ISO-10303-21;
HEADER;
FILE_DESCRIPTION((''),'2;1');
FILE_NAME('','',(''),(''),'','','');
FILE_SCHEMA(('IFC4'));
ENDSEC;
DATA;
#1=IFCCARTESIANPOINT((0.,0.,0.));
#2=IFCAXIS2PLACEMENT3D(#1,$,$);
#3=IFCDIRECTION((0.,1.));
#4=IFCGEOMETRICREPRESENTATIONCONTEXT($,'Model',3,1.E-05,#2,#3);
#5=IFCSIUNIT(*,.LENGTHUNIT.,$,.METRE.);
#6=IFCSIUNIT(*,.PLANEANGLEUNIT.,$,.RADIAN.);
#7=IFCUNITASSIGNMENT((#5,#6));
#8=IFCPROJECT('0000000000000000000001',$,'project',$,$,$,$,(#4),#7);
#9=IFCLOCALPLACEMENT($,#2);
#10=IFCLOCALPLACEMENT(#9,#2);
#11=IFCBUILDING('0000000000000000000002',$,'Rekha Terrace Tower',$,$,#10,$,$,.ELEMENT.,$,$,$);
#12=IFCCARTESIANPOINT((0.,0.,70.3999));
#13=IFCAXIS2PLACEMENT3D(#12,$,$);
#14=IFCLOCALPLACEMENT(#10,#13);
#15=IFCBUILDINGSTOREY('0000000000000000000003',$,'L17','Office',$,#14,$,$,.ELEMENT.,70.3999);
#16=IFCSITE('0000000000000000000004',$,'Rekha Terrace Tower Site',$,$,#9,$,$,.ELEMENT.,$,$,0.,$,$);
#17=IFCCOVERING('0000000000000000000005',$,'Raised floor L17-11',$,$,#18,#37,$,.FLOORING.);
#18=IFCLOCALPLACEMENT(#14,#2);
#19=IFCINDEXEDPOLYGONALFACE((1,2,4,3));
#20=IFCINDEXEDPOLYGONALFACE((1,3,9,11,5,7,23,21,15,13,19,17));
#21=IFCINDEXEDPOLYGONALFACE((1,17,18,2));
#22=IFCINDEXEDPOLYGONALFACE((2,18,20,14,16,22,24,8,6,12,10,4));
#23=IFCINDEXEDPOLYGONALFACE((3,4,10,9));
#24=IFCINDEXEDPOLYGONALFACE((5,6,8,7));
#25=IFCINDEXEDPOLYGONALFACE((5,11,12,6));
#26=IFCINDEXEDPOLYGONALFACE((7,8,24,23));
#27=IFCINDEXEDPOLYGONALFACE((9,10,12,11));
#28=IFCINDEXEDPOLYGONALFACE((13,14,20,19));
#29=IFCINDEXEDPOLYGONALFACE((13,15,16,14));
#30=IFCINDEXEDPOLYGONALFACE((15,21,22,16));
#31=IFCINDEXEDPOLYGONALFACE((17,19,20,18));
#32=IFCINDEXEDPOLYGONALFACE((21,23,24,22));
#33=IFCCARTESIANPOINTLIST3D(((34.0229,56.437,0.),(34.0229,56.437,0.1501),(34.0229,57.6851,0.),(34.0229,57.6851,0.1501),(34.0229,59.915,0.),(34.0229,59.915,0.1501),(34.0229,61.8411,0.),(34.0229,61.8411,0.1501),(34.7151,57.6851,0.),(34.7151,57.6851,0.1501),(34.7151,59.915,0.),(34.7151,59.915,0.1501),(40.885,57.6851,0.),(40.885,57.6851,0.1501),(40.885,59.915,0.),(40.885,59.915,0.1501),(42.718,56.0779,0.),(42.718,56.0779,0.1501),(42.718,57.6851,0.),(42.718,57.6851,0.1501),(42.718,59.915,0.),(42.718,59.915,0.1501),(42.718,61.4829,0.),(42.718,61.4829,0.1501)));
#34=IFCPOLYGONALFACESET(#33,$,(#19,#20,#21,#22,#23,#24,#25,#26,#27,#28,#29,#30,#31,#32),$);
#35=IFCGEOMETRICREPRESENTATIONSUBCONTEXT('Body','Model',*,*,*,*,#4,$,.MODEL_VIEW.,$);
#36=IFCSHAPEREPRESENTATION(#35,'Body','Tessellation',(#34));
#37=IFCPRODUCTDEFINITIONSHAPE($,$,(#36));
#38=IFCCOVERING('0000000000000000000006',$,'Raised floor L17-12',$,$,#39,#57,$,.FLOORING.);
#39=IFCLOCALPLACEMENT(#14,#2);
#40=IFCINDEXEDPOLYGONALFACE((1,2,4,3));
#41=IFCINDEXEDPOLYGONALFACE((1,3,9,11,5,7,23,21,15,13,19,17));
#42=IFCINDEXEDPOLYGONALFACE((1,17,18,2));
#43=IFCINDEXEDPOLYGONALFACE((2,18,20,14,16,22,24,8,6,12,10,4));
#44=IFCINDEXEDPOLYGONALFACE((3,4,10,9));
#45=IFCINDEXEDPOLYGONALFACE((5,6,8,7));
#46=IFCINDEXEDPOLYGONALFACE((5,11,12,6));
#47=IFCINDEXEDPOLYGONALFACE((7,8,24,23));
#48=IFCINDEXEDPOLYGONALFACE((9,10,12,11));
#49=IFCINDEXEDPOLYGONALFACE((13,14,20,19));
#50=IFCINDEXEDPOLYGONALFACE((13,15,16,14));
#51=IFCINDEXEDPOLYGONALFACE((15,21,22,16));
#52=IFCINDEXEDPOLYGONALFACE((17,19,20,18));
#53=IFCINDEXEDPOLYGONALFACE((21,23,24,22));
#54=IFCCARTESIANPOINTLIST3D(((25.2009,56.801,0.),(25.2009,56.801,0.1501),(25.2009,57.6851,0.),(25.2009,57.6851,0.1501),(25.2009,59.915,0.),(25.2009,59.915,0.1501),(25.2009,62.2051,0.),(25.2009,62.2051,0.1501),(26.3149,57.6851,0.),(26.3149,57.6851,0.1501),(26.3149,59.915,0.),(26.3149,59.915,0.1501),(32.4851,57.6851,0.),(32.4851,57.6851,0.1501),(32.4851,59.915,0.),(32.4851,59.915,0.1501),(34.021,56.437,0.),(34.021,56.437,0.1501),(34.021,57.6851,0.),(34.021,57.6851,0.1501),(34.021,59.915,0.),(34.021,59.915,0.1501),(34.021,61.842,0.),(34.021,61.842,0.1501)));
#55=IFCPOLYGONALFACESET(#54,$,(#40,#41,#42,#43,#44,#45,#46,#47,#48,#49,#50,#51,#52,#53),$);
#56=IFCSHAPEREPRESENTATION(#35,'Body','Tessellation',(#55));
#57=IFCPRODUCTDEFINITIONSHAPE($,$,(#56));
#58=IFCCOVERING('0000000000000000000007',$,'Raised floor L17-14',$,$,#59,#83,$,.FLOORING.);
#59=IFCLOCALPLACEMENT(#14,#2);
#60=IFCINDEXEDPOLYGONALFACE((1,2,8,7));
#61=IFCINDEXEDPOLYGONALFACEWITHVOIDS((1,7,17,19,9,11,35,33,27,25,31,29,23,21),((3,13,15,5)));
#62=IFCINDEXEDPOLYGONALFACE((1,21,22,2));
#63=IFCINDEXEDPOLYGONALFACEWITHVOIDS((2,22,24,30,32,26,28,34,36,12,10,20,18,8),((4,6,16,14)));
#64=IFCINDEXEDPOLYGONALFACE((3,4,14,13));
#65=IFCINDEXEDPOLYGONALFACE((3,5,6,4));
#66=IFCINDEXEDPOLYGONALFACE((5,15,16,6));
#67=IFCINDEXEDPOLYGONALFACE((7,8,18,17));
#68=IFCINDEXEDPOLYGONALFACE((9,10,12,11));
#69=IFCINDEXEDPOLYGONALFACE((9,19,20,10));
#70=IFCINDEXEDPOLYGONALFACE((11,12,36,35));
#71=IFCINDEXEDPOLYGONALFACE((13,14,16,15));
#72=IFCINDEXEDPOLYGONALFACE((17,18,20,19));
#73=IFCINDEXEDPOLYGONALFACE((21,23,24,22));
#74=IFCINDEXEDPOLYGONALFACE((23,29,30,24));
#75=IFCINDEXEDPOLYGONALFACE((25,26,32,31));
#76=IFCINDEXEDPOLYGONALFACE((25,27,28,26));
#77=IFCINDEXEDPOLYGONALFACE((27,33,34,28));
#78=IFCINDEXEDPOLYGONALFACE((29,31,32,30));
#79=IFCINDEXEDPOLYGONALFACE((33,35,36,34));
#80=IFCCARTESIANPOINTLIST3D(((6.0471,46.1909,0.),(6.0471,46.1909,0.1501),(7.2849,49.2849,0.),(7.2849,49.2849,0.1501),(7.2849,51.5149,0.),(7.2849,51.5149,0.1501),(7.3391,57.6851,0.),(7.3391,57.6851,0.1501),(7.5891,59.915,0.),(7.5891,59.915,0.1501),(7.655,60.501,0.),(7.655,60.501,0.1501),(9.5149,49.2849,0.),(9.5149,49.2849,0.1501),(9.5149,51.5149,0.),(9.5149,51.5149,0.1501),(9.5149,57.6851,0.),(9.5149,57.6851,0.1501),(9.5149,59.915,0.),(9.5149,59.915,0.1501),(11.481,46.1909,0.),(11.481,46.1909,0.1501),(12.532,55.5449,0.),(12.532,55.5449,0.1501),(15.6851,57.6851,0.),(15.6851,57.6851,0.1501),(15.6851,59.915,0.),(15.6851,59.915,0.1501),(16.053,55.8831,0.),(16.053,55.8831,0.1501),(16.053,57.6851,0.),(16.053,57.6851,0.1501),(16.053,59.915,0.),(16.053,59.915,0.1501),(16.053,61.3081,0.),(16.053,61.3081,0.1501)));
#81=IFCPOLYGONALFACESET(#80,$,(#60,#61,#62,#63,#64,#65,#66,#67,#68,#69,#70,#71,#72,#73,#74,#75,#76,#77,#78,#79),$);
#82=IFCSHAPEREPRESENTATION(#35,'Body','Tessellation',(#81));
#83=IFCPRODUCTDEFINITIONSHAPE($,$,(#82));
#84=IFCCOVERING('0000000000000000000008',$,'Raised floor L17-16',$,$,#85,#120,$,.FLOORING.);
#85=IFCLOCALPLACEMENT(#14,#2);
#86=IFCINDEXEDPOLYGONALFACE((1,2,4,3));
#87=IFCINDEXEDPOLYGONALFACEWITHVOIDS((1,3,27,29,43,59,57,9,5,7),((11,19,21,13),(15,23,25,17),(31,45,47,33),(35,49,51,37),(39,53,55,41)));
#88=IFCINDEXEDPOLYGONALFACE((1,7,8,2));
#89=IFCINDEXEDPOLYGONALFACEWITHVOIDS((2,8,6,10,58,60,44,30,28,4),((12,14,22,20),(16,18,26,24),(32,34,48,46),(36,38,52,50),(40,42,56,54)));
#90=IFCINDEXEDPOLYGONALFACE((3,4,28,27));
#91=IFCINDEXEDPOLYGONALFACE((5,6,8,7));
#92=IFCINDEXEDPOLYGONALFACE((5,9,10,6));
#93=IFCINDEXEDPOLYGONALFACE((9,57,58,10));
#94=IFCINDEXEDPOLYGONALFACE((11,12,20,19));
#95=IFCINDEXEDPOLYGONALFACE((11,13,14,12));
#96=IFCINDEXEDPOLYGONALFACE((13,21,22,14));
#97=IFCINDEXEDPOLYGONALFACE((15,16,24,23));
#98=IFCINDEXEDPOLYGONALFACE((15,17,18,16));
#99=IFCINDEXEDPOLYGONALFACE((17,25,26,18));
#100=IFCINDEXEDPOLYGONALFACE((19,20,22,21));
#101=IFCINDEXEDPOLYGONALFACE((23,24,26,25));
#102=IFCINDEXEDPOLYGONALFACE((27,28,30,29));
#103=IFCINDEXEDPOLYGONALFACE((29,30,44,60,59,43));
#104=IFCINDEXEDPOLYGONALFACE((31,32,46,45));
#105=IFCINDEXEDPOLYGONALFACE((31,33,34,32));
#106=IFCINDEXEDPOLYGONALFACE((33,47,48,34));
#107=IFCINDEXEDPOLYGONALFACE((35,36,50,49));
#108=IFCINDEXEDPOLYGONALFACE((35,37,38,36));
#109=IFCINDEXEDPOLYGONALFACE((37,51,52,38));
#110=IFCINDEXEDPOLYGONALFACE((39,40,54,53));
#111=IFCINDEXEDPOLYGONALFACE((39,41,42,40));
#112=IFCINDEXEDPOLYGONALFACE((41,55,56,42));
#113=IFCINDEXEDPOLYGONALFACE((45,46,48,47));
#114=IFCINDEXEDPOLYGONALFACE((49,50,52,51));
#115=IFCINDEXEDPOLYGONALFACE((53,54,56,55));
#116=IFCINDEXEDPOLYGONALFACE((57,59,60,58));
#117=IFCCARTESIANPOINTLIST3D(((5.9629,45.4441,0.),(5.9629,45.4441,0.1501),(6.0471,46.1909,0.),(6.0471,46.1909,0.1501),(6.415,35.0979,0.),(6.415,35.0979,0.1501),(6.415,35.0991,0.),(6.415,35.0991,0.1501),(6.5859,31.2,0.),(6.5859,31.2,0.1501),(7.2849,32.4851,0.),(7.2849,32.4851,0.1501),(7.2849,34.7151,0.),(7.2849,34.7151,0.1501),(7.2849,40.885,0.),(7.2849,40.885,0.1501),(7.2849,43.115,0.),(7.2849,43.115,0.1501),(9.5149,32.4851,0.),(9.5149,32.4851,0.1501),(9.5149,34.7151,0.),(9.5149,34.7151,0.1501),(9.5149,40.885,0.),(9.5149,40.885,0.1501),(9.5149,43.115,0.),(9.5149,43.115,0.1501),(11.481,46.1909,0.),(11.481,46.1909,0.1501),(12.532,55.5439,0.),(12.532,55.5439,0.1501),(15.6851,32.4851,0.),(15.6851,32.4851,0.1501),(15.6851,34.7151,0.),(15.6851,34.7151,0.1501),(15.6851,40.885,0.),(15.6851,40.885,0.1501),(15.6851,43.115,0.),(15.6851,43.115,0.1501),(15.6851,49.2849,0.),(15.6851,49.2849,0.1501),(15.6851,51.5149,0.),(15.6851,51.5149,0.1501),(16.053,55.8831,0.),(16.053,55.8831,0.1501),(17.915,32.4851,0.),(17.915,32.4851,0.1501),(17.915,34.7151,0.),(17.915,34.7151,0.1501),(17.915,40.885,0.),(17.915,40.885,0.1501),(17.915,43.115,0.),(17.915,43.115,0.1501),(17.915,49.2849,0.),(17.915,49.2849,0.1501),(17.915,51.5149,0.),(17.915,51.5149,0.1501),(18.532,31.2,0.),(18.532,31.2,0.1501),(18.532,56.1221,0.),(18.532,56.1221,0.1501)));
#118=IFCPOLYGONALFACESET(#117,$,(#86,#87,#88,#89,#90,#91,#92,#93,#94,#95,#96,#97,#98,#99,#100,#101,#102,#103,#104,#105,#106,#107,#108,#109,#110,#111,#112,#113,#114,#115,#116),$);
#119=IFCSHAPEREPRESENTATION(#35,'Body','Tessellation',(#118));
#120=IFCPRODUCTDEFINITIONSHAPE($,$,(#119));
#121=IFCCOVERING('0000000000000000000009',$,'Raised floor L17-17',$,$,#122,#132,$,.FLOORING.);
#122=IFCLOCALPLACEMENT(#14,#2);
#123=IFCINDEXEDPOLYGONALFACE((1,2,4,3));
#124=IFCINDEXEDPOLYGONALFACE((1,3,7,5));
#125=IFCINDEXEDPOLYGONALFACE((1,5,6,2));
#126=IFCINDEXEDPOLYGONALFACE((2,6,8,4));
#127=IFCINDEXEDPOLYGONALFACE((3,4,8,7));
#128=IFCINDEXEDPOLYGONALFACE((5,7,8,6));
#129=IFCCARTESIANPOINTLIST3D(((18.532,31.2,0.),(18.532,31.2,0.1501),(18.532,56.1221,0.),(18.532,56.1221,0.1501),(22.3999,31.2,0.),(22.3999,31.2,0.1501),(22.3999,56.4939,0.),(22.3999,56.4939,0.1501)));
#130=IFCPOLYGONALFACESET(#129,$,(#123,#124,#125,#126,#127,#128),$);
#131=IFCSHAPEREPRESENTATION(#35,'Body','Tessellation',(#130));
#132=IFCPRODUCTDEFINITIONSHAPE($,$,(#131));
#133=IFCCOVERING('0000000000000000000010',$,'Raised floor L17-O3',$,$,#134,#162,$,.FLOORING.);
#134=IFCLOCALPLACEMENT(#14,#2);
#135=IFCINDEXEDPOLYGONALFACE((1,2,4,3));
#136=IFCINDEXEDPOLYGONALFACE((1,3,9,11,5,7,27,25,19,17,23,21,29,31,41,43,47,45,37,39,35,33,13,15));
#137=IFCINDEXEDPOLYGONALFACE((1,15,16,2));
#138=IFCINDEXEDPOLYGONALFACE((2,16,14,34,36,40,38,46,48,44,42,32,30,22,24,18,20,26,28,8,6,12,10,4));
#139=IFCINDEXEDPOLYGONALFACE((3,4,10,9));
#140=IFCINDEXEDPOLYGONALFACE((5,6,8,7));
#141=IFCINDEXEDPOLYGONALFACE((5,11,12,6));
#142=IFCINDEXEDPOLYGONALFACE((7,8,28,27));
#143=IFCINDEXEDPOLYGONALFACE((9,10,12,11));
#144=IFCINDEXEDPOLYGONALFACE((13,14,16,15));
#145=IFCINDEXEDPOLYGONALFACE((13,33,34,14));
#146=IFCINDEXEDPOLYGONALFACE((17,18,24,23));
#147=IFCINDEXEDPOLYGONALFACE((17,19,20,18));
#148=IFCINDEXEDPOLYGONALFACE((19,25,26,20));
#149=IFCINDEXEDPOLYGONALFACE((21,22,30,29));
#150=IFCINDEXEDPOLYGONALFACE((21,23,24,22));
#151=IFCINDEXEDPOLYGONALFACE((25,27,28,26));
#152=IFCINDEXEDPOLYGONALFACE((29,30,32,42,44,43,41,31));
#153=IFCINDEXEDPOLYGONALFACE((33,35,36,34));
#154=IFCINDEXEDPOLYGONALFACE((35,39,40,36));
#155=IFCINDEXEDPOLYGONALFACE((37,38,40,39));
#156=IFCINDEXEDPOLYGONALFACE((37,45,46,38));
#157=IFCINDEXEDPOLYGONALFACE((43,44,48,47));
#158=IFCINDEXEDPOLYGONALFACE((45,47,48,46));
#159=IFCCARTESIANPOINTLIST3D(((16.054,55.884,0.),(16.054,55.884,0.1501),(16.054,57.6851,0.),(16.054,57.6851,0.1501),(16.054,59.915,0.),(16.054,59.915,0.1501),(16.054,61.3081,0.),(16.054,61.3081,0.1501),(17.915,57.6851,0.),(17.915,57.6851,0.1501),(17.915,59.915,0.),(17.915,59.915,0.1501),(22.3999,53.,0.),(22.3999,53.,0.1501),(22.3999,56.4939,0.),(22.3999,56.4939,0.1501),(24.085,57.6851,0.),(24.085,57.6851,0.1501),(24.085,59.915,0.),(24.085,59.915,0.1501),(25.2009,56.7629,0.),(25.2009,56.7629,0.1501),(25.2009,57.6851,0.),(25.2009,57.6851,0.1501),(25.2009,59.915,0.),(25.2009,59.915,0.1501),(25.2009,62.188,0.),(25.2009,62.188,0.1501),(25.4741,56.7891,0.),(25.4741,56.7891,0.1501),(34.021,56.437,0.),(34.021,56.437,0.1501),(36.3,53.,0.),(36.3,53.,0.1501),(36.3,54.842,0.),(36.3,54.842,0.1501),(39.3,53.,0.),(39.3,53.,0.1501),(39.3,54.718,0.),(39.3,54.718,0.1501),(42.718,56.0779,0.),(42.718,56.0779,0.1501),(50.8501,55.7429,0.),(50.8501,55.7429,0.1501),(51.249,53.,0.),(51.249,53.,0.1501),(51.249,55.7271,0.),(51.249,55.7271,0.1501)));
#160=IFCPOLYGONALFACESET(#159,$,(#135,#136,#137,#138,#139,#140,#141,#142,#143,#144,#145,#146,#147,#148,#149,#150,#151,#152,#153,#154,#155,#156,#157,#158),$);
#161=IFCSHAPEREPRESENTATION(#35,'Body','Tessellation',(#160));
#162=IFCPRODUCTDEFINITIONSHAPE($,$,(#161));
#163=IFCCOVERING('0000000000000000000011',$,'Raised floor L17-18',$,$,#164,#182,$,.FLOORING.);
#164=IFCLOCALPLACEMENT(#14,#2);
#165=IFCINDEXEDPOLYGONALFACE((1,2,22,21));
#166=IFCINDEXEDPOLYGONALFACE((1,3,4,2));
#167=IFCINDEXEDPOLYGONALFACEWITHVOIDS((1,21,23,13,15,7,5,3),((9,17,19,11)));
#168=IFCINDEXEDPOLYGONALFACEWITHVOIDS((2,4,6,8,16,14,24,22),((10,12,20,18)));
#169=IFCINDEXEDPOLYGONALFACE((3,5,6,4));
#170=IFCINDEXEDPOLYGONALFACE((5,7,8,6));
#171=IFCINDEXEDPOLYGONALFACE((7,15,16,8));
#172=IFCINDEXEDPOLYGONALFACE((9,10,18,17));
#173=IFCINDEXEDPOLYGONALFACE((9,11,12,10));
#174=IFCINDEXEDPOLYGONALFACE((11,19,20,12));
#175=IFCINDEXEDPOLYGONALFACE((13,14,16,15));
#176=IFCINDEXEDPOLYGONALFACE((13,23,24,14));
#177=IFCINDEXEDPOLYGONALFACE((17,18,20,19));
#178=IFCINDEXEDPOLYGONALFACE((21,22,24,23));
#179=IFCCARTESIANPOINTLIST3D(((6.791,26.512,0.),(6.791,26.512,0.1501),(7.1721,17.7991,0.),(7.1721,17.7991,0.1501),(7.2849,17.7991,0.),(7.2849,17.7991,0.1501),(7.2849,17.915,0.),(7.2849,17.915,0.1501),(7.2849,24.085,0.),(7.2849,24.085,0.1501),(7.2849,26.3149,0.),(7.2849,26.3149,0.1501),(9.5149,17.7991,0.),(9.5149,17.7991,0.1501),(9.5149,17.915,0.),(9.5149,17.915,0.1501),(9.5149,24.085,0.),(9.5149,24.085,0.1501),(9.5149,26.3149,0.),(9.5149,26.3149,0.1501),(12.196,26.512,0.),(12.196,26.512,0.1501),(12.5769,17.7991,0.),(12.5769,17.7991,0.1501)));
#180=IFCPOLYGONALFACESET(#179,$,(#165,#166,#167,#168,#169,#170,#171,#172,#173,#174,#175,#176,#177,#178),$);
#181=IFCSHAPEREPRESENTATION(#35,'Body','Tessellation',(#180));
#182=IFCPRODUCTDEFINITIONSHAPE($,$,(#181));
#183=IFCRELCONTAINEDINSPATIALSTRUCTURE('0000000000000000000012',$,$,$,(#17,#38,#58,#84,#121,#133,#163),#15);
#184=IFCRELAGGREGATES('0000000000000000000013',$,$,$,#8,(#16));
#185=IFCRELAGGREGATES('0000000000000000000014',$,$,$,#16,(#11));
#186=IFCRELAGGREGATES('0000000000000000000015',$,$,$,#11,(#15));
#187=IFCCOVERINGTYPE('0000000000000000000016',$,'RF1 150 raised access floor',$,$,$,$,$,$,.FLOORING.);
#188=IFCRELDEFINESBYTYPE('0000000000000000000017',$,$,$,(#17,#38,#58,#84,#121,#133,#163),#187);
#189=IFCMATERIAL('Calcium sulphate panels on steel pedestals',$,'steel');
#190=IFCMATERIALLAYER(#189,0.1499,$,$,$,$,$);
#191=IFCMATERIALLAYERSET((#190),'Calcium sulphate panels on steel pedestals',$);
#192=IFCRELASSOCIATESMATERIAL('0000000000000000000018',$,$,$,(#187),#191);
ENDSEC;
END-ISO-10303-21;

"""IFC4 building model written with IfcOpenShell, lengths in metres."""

from ifc_helpers import new_model, si_unit, direction, frame, origin, place, context, subcontext, project, spatial, polyline, outline, extrude, material, layer, layer_set, type_object, element, save


model = new_model("IFC4")

# Units and contexts
model_context = context("Model", 3, precision=1e-05, world=origin(), true_north=direction((0.0, 1.0)))
body_context = subcontext(model_context, "Body", "Model", "MODEL_VIEW")
ifc_project = project(units=[si_unit("LENGTHUNIT", "METRE"), si_unit("PLANEANGLEUNIT", "RADIAN")], contexts=[model_context])

# Site, building, storey
site_placement = place(None, origin())
site = spatial("IfcSite", under=ifc_project, at=site_placement, Name="Rekha Terrace Tower Site", CompositionType="ELEMENT", RefElevation=0.0)
building_placement = place(site_placement, origin())
building = spatial("IfcBuilding", under=site, at=building_placement, Name="Rekha Terrace Tower", CompositionType="ELEMENT")
storey_placement = place(building_placement, frame((0.0, 0.0, 70.3999)))
storey = spatial("IfcBuildingStorey", under=building, at=storey_placement, Name="L17", Description="Office", CompositionType="ELEMENT", Elevation=70.3999)

# Coverings
ifc_material_1 = material(Name="Calcium sulphate panels on steel pedestals", Category="steel")
ifc_layer_1 = layer(ifc_material_1, 0.1499)
ifc_layer_set_1 = layer_set([ifc_layer_1], Name="Calcium sulphate panels on steel pedestals")
covering_type_1 = type_object("IfcCoveringType", Name="RF1 150 raised access floor", PredefinedType="FLOORING", material=ifc_layer_set_1)
covering_1_placement = place(storey_placement, origin())
element("IfcCovering", 1, at=covering_1_placement, inside=storey, type_object=covering_type_1, Name="Raised floor L17-11", PredefinedType="FLOORING", context=body_context, shape_type="SweptSolid", body=[
    extrude(outline(polyline([(42.718, 59.915), (42.718, 61.4829), (34.0229, 61.8411), (34.0229, 59.915), (34.7151, 59.915), (34.7151, 57.6851), (34.0229, 57.6851), (34.0229, 56.437), (42.718, 56.0779), (42.718, 57.6851), (40.885, 57.6851), (40.885, 59.915), (42.718, 59.915)])), origin(), (0.0, 0.0, 1.0), 0.1501),
])
covering_2_placement = place(storey_placement, origin())
element("IfcCovering", 2, at=covering_2_placement, inside=storey, type_object=covering_type_1, Name="Raised floor L17-12", PredefinedType="FLOORING", context=body_context, shape_type="SweptSolid", body=[
    extrude(outline(polyline([(34.021, 59.915), (34.021, 61.842), (25.2009, 62.2051), (25.2009, 59.915), (26.3149, 59.915), (26.3149, 57.6851), (25.2009, 57.6851), (25.2009, 56.801), (34.021, 56.437), (34.021, 57.6851), (32.4851, 57.6851), (32.4851, 59.915), (34.021, 59.915)])), origin(), (0.0, 0.0, 1.0), 0.1501),
])
covering_3_placement = place(storey_placement, origin())
element("IfcCovering", 3, at=covering_3_placement, inside=storey, type_object=covering_type_1, Name="Raised floor L17-14", PredefinedType="FLOORING", context=body_context, shape_type="SweptSolid", body=[
    extrude(outline(polyline([(7.3391, 57.6851), (6.0471, 46.1909), (11.481, 46.1909), (12.532, 55.5449), (16.053, 55.8831), (16.053, 57.6851), (15.6851, 57.6851), (15.6851, 59.915), (16.053, 59.915), (16.053, 61.3081), (7.655, 60.501), (7.5891, 59.915), (9.5149, 59.915), (9.5149, 57.6851), (7.3391, 57.6851)]), holes=[polyline([(9.5149, 51.5149), (9.5149, 49.2849), (7.2849, 49.2849), (7.2849, 51.5149), (9.5149, 51.5149)])]), origin(), (0.0, 0.0, 1.0), 0.1501),
])
covering_4_placement = place(storey_placement, origin())
element("IfcCovering", 4, at=covering_4_placement, inside=storey, type_object=covering_type_1, Name="Raised floor L17-16", PredefinedType="FLOORING", context=body_context, shape_type="SweptSolid", body=[
    extrude(outline(polyline([(11.481, 46.1909), (6.0471, 46.1909), (5.9629, 45.4441), (6.415, 35.0991), (6.415, 35.0979), (6.5859, 31.2), (18.532, 31.2), (18.532, 56.1221), (16.053, 55.8831), (12.532, 55.5439), (11.481, 46.1909)]), holes=[polyline([(17.915, 32.4851), (15.6851, 32.4851), (15.6851, 34.7151), (17.915, 34.7151), (17.915, 32.4851)]), polyline([(17.915, 40.885), (15.6851, 40.885), (15.6851, 43.115), (17.915, 43.115), (17.915, 40.885)]), polyline([(17.915, 49.2849), (15.6851, 49.2849), (15.6851, 51.5149), (17.915, 51.5149), (17.915, 49.2849)]), polyline([(9.5149, 32.4851), (7.2849, 32.4851), (7.2849, 34.7151), (9.5149, 34.7151), (9.5149, 32.4851)]), polyline([(9.5149, 40.885), (7.2849, 40.885), (7.2849, 43.115), (9.5149, 43.115), (9.5149, 40.885)])]), origin(), (0.0, 0.0, 1.0), 0.1501),
])
covering_5_placement = place(storey_placement, origin())
element("IfcCovering", 5, at=covering_5_placement, inside=storey, type_object=covering_type_1, Name="Raised floor L17-17", PredefinedType="FLOORING", context=body_context, shape_type="SweptSolid", body=[
    extrude(outline(polyline([(18.532, 31.2), (22.3999, 31.2), (22.3999, 56.4939), (18.532, 56.1221), (18.532, 31.2)])), origin(), (0.0, 0.0, 1.0), 0.1501),
])
covering_6_placement = place(storey_placement, origin())
element("IfcCovering", 6, at=covering_6_placement, inside=storey, type_object=covering_type_1, Name="Raised floor L17-O3", PredefinedType="FLOORING", context=body_context, shape_type="SweptSolid", body=[
    extrude(outline(polyline([(25.2009, 59.915), (25.2009, 62.188), (16.054, 61.3081), (16.054, 59.915), (17.915, 59.915), (17.915, 57.6851), (16.054, 57.6851), (16.054, 55.884), (22.3999, 56.4939), (22.3999, 53.0), (36.3, 53.0), (36.3, 54.842), (39.3, 54.718), (39.3, 53.0), (51.249, 53.0), (51.249, 55.7271), (50.8501, 55.7429), (42.718, 56.0779), (34.021, 56.437), (25.4741, 56.7891), (25.2009, 56.7629), (25.2009, 57.6851), (24.085, 57.6851), (24.085, 59.915), (25.2009, 59.915)])), origin(), (0.0, 0.0, 1.0), 0.1501),
])
covering_7_placement = place(storey_placement, origin())
element("IfcCovering", 7, at=covering_7_placement, inside=storey, type_object=covering_type_1, Name="Raised floor L17-18", PredefinedType="FLOORING", context=body_context, shape_type="SweptSolid", body=[
    extrude(outline(polyline([(12.196, 26.512), (6.791, 26.512), (7.1721, 17.7991), (7.2849, 17.7991), (7.2849, 17.915), (9.5149, 17.915), (9.5149, 17.7991), (12.5769, 17.7991), (12.196, 26.512)]), holes=[polyline([(9.5149, 24.085), (7.2849, 24.085), (7.2849, 26.3149), (9.5149, 26.3149), (9.5149, 24.085)])]), origin(), (0.0, 0.0, 1.0), 0.1501),
])

save(model, "model.ifc")
